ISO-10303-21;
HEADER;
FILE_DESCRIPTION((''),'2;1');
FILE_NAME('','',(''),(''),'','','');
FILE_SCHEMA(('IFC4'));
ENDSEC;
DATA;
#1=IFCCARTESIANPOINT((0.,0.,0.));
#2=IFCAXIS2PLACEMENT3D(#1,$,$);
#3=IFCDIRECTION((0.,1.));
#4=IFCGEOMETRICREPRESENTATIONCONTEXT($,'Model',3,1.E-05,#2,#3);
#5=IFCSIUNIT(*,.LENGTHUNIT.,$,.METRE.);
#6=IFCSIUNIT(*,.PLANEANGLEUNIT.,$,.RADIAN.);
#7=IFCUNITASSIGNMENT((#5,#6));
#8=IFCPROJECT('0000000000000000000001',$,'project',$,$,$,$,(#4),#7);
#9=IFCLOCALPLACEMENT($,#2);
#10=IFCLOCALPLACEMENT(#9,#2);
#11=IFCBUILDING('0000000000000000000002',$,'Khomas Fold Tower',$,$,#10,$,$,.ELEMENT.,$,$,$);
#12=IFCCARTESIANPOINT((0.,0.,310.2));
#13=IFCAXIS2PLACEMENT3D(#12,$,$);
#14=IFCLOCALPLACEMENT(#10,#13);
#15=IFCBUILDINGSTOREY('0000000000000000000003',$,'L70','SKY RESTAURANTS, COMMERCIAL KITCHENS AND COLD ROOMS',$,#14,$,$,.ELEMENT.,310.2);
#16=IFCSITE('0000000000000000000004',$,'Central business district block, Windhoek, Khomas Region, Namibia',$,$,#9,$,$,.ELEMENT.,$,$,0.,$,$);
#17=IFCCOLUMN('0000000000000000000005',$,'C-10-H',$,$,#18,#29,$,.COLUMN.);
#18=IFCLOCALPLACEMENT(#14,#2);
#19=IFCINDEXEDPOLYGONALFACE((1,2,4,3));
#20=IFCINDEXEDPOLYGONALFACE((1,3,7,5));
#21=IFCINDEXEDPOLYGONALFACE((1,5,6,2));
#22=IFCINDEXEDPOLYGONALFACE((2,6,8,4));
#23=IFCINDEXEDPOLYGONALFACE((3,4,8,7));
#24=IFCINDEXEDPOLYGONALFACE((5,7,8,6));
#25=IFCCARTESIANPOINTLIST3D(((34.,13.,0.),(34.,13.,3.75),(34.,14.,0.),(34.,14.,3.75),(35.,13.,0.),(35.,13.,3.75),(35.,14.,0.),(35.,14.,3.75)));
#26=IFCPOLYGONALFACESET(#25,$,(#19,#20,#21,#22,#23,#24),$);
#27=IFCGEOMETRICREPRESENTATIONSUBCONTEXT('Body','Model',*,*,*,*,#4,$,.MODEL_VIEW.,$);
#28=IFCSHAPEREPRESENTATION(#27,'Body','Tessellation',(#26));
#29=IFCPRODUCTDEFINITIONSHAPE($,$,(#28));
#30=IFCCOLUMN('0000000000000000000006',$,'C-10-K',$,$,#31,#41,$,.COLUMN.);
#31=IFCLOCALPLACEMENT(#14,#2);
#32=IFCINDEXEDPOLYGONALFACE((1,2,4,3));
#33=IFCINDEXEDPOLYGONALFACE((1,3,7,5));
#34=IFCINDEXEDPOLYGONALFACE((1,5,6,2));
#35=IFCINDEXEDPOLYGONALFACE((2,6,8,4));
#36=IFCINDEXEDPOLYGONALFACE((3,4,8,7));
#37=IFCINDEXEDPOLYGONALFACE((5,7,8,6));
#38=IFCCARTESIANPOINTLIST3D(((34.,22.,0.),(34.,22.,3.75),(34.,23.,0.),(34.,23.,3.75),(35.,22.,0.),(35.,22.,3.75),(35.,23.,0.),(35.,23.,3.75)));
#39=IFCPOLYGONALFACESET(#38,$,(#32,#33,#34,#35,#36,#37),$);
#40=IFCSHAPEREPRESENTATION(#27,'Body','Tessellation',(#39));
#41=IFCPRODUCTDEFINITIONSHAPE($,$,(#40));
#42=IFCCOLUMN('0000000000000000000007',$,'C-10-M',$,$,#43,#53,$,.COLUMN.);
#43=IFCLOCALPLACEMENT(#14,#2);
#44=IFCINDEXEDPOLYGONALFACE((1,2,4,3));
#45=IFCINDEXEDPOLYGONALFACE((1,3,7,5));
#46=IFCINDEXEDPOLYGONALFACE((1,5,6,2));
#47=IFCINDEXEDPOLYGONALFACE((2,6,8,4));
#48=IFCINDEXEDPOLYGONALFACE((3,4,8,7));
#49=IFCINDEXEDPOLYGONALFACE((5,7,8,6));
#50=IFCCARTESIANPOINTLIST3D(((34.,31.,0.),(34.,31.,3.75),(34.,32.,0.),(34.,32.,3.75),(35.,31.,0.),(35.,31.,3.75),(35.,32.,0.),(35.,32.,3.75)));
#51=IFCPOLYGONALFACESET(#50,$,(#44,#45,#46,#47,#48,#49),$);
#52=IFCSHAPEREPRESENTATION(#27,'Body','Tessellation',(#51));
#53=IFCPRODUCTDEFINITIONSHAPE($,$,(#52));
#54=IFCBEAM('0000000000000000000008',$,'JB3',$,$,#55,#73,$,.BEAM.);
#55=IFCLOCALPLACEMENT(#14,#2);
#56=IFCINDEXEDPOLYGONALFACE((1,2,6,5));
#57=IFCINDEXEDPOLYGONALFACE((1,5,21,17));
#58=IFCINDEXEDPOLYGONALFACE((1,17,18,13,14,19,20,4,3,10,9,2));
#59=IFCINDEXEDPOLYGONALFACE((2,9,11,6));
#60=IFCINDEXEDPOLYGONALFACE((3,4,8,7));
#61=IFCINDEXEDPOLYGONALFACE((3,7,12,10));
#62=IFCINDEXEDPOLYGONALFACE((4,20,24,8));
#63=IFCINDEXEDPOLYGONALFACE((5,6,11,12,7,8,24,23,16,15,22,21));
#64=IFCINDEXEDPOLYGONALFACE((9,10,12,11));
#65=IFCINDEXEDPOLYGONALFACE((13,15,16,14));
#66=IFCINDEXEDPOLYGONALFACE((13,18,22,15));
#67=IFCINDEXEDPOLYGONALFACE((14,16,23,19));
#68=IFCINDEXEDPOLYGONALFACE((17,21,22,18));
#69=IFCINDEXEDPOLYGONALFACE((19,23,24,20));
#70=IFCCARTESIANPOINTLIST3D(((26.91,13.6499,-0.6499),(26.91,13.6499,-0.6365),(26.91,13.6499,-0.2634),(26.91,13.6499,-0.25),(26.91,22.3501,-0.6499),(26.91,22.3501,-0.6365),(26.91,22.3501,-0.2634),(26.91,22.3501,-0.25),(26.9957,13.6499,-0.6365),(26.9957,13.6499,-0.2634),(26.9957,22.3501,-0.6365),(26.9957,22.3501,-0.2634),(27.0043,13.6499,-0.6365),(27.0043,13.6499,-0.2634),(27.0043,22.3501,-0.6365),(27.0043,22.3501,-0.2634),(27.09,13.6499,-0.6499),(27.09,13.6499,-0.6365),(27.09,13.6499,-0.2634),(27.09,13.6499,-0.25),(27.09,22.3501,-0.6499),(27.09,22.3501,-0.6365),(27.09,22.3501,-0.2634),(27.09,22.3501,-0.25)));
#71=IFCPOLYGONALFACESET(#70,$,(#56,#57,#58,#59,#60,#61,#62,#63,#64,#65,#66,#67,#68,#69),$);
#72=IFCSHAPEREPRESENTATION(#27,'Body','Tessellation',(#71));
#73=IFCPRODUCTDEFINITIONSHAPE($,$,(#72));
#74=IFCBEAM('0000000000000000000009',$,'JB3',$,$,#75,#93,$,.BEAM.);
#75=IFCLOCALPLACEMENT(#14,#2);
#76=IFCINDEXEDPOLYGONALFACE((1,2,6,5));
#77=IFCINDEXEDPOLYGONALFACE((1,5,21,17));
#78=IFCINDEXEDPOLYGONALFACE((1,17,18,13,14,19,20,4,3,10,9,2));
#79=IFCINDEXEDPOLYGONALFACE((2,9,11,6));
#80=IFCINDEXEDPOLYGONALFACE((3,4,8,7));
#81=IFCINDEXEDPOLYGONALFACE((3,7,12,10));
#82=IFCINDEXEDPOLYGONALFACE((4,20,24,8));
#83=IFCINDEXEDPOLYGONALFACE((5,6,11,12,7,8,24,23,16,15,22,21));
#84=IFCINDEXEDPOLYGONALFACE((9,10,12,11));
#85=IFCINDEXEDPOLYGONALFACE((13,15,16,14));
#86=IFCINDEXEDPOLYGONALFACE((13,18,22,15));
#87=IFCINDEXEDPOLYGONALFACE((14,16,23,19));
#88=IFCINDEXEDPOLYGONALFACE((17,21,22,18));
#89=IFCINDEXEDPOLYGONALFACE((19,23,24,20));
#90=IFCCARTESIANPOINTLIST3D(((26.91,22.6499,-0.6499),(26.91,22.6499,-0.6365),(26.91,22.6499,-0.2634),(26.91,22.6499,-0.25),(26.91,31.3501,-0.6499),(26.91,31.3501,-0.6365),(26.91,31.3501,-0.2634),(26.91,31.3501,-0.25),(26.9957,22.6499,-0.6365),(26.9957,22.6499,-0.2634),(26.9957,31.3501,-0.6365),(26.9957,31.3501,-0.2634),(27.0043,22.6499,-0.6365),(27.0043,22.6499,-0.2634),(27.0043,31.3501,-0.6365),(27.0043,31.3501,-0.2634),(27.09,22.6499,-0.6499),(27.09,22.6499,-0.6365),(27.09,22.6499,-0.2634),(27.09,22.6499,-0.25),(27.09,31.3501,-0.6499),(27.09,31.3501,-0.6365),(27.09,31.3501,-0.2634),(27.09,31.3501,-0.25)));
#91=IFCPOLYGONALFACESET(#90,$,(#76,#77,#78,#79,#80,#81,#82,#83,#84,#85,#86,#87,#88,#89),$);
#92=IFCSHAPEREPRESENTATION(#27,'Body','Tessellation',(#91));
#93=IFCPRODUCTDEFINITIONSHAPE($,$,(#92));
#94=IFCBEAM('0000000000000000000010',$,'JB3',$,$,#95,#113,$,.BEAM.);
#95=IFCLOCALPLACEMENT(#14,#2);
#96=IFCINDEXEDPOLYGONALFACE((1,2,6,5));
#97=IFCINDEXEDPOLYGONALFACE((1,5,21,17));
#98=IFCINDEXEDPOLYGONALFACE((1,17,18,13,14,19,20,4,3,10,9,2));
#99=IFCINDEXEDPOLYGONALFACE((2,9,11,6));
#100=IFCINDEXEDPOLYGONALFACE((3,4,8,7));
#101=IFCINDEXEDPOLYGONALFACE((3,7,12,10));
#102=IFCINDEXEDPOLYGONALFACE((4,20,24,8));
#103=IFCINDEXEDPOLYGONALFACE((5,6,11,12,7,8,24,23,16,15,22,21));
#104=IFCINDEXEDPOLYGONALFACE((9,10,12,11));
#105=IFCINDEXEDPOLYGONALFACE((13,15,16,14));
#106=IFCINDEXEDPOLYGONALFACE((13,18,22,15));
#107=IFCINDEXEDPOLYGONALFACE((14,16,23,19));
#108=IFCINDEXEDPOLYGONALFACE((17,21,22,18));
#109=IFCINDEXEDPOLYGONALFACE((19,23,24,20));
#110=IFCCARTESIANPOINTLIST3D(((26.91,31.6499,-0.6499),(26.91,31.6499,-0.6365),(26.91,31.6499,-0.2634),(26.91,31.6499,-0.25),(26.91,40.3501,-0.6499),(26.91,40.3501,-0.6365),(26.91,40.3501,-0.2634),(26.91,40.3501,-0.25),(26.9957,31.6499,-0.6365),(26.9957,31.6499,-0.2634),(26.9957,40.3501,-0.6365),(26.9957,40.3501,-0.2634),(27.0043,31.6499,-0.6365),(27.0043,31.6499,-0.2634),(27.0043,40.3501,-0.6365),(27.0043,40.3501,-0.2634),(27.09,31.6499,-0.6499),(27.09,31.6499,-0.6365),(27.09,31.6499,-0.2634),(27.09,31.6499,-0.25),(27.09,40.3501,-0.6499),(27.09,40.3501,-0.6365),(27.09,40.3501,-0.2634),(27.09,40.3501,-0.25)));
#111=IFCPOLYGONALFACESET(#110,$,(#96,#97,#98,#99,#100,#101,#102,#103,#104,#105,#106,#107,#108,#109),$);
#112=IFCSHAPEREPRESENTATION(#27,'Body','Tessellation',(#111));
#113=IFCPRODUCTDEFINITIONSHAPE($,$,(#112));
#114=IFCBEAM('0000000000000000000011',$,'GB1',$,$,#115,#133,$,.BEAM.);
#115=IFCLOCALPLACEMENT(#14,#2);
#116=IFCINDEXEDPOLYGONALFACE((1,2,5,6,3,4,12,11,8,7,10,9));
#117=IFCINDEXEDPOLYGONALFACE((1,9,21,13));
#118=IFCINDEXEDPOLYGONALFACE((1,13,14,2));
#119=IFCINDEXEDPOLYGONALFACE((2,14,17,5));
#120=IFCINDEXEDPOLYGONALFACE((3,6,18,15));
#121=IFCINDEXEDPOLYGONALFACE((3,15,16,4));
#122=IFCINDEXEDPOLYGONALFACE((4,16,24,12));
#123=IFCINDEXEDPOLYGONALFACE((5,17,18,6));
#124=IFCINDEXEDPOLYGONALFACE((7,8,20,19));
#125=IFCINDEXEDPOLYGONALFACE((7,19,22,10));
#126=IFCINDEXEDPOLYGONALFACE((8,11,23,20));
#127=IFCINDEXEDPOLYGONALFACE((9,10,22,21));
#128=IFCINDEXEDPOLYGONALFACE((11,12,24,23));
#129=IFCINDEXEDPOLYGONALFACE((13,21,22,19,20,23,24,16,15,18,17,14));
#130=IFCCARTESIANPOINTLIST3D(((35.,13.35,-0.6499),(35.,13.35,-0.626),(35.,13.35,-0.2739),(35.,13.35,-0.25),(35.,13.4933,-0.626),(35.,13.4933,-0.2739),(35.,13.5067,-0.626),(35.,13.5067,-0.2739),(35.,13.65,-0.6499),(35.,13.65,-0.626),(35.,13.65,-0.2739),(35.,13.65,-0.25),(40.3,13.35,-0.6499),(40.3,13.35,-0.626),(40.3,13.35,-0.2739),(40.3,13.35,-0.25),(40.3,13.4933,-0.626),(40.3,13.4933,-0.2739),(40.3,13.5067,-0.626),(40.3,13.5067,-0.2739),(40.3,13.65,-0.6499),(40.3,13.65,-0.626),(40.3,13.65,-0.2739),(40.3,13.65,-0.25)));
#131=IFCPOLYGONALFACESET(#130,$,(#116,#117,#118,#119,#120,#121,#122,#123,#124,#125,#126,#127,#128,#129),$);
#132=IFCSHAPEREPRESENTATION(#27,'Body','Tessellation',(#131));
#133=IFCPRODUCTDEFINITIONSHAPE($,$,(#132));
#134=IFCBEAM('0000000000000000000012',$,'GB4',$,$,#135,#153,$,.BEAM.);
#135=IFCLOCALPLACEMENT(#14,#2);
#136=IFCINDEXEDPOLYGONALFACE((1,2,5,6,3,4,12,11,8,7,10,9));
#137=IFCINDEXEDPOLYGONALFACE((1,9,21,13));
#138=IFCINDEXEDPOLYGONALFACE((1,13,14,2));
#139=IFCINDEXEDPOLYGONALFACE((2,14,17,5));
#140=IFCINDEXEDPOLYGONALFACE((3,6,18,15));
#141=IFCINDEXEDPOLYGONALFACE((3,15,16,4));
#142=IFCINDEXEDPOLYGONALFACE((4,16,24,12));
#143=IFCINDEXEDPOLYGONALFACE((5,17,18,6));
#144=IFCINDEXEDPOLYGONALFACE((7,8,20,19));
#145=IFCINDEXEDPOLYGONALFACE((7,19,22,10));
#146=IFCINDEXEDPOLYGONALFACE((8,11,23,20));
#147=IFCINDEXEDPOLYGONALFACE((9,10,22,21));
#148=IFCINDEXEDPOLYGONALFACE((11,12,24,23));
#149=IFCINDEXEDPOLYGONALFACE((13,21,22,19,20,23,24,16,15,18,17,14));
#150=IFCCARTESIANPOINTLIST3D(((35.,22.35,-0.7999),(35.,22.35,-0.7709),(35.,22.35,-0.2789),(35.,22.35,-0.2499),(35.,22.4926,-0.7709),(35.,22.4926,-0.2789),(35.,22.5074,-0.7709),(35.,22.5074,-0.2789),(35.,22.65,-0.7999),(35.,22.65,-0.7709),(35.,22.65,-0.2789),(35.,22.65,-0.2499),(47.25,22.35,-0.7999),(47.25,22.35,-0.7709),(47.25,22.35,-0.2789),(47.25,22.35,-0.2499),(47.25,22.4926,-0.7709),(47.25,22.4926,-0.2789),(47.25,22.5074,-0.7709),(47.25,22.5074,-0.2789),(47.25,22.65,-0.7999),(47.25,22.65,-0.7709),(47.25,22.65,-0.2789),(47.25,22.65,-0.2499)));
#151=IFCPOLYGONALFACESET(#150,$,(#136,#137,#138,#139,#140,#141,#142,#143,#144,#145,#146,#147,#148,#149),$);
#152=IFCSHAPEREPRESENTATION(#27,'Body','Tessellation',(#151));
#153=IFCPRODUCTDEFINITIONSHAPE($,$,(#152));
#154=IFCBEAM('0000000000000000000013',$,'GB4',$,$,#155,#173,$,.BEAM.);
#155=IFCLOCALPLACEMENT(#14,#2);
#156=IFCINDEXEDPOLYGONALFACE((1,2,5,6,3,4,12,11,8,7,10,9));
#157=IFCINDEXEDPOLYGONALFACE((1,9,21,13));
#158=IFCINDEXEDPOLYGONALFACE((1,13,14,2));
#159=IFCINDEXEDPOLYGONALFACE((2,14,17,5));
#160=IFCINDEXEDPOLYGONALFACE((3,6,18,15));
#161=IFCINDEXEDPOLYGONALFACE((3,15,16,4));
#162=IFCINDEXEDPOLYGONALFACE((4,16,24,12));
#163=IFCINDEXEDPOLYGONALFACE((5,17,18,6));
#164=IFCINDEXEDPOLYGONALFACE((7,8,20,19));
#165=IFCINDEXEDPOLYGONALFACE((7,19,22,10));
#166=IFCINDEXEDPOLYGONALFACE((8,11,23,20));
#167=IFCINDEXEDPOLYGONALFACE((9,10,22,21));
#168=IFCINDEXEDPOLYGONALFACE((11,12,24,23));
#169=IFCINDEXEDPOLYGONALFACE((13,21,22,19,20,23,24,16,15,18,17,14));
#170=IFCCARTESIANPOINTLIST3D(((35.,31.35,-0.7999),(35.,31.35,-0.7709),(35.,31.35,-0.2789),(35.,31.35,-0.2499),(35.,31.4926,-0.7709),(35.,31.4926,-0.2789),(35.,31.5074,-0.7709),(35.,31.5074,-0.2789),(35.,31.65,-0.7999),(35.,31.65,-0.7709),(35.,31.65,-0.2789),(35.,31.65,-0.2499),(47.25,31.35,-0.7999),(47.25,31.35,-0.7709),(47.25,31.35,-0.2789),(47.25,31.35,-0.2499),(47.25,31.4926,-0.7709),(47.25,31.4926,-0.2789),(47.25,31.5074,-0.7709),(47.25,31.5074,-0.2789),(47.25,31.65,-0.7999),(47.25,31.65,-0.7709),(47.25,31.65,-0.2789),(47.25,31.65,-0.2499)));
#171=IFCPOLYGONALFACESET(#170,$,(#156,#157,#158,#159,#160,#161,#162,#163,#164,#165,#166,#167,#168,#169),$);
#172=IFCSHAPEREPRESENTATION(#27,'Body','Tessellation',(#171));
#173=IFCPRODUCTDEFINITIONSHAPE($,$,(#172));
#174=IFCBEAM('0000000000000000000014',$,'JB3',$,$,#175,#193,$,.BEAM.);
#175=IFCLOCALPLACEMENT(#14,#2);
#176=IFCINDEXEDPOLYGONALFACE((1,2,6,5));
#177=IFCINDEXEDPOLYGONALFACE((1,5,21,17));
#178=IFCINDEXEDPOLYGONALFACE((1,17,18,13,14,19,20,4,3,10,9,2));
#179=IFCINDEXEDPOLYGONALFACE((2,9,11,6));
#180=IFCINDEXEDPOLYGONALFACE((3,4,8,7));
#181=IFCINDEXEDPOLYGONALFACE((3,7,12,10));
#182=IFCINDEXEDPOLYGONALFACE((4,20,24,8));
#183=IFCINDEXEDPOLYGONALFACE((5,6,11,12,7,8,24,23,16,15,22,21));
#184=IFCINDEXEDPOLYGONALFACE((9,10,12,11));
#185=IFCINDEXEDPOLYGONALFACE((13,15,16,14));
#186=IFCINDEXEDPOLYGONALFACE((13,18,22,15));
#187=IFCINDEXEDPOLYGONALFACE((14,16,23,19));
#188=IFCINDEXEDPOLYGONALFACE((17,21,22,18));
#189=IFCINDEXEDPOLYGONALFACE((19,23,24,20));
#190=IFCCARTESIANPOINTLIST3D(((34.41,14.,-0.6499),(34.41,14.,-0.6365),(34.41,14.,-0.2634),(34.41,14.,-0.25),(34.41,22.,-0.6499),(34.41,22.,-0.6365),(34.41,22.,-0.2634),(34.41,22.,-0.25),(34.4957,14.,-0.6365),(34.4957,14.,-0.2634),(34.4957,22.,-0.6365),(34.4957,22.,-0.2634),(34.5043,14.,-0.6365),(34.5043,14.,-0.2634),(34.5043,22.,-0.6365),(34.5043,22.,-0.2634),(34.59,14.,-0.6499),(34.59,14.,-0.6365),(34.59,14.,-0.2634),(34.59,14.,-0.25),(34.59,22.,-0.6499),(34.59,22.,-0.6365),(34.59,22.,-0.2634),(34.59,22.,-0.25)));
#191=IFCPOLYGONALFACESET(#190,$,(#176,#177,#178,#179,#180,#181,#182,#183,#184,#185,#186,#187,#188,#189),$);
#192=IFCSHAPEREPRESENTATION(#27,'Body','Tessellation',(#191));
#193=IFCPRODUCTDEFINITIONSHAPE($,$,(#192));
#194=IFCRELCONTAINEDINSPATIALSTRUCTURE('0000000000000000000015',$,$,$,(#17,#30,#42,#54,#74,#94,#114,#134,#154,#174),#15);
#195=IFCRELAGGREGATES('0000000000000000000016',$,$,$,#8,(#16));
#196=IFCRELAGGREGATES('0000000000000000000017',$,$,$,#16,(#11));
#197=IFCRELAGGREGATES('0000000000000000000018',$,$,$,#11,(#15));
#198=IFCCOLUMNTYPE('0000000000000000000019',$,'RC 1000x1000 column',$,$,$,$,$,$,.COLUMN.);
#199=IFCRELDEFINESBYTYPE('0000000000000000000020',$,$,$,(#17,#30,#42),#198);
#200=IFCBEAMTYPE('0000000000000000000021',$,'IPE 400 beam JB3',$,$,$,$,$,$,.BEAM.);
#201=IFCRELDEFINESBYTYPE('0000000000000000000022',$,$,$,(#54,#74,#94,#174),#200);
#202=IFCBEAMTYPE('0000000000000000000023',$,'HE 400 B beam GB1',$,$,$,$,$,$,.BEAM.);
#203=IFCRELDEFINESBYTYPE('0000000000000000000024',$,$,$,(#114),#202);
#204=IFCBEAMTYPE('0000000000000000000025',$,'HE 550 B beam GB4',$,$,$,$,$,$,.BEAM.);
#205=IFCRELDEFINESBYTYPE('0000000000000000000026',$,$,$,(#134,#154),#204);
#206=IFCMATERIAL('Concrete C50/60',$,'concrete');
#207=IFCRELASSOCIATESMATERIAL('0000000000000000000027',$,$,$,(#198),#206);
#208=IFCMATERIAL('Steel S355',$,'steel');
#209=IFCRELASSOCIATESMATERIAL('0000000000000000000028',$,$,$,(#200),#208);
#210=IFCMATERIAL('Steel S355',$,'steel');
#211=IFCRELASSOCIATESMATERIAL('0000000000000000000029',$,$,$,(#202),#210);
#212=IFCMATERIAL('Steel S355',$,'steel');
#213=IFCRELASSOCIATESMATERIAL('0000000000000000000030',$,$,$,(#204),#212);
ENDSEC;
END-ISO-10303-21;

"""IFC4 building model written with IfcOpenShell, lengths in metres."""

from ifc_helpers import new_model, si_unit, direction, frame, origin, origin_2d, place, context, subcontext, project, spatial, rectangle, i_section, extrude, source, transform, mapped, material, material_profile, profile_set, type_object, element, save


model = new_model("IFC4")

# Units and contexts
model_context = context("Model", 3, precision=1e-05, world=origin(), true_north=direction((0.0, 1.0)))
body_context = subcontext(model_context, "Body", "Model", "MODEL_VIEW")
ifc_project = project(units=[si_unit("LENGTHUNIT", "METRE"), si_unit("PLANEANGLEUNIT", "RADIAN")], contexts=[model_context])

# Site, building, storey
site_placement = place(None, origin())
site = spatial("IfcSite", under=ifc_project, at=site_placement, Name="Central business district block, Windhoek, Khomas Region, Namibia", CompositionType="ELEMENT", RefElevation=0.0)
building_placement = place(site_placement, origin())
building = spatial("IfcBuilding", under=site, at=building_placement, Name="Khomas Fold Tower", CompositionType="ELEMENT")
storey_placement = place(building_placement, frame((0.0, 0.0, 310.2)))
storey = spatial("IfcBuildingStorey", under=building, at=storey_placement, Name="L70", Description="SKY RESTAURANTS, COMMERCIAL KITCHENS AND COLD ROOMS", CompositionType="ELEMENT", Elevation=310.2)

# Columns
ifc_material_1 = material(Name="Concrete C50/60", Category="concrete")
ifc_material_profile_1 = material_profile(ifc_material_1, rectangle(XDim=1.0, YDim=1.0, at=origin_2d()), Name="RC 1000x1000")
ifc_profile_set_1 = profile_set([ifc_material_profile_1], Name="Concrete C50/60")
column_type = type_object("IfcColumnType", Name="RC 1000x1000 column", PredefinedType="COLUMN", material=ifc_profile_set_1)
shared_shape_1 = source(origin(), body_context, "Body", "SweptSolid", [
    extrude(rectangle(XDim=1.0, YDim=1.0, at=origin_2d()), origin(), (0.0, 0.0, 1.0), 3.75),
])
for number, where, z_axis, x_axis, name in (
    (1, (34.5, 13.5, 0.0), (0.0, 0.0, 1.0), (1.0, 0.0, 0.0), "C-10-H"),
    (2, (34.5, 22.5, 0.0), (0.0, 0.0, 1.0), (1.0, 0.0, 0.0), "C-10-K"),
    (3, (34.5, 31.5, 0.0), (0.0, 0.0, 1.0), (1.0, 0.0, 0.0), "C-10-M"),
):
    element("IfcColumn", number, at=place(storey_placement, frame(where, z_axis=z_axis, x_axis=x_axis)), inside=storey, type_object=column_type, Name=name, PredefinedType="COLUMN", context=body_context, shape_type="MappedRepresentation", body=[
        mapped(shared_shape_1, transform((0.0, 0.0, 0.0))),
    ])

# Beams
ifc_material_2 = material(Name="Steel S355", Category="steel")
ifc_material_profile_2 = material_profile(ifc_material_2, i_section(OverallWidth=0.1799, OverallDepth=0.3999, WebThickness=0.0085, FlangeThickness=0.0134, at=origin_2d()), Name="IPE 400")
ifc_profile_set_2 = profile_set([ifc_material_profile_2], Name="Steel S355")
beam_type_1 = type_object("IfcBeamType", Name="IPE 400 beam JB3", PredefinedType="BEAM", material=ifc_profile_set_2)
shared_shape_2 = source(origin(), body_context, "Body", "SweptSolid", [
    extrude(i_section(OverallWidth=0.1799, OverallDepth=0.3999, WebThickness=0.0085, FlangeThickness=0.0134, at=origin_2d()), origin(), (0.0, 0.0, 1.0), 8.7002),
])
for number, where, z_axis, x_axis, name in (
    (4, (27.0, 13.6499, -0.45), (0.0, 1.0, 0.0), (-1.0, 0.0, 0.0), "JB3"),
    (5, (27.0, 22.6499, -0.45), (0.0, 1.0, 0.0), (-1.0, 0.0, 0.0), "JB3"),
    (6, (27.0, 31.6499, -0.45), (0.0, 1.0, 0.0), (-1.0, 0.0, 0.0), "JB3"),
):
    element("IfcBeam", number, at=place(storey_placement, frame(where, z_axis=z_axis, x_axis=x_axis)), inside=storey, type_object=beam_type_1, Name=name, PredefinedType="BEAM", context=body_context, shape_type="MappedRepresentation", body=[
        mapped(shared_shape_2, transform((0.0, 0.0, 0.0))),
    ])
ifc_material_3 = material(Name="Steel S355", Category="steel")
ifc_material_profile_3 = material_profile(ifc_material_3, i_section(OverallWidth=0.3, OverallDepth=0.3999, WebThickness=0.0134, FlangeThickness=0.0239, at=origin_2d()), Name="HE 400 B")
ifc_profile_set_3 = profile_set([ifc_material_profile_3], Name="Steel S355")
beam_type_2 = type_object("IfcBeamType", Name="HE 400 B beam GB1", PredefinedType="BEAM", material=ifc_profile_set_3)
shared_shape_3 = source(origin(), body_context, "Body", "SweptSolid", [
    extrude(i_section(OverallWidth=0.3, OverallDepth=0.3999, WebThickness=0.0134, FlangeThickness=0.0239, at=origin_2d()), origin(), (0.0, 0.0, 1.0), 5.3),
])
beam_placement = place(storey_placement, frame((35.0, 13.5, -0.45), z_axis=(1.0, 0.0, 0.0), x_axis=(0.0, 1.0, 0.0)))
element("IfcBeam", 7, at=beam_placement, inside=storey, type_object=beam_type_2, Name="GB1", PredefinedType="BEAM", context=body_context, shape_type="MappedRepresentation", body=[
    mapped(shared_shape_3, transform((0.0, 0.0, 0.0))),
])
ifc_material_4 = material(Name="Steel S355", Category="steel")
ifc_material_profile_4 = material_profile(ifc_material_4, i_section(OverallWidth=0.3, OverallDepth=0.55, WebThickness=0.0149, FlangeThickness=0.0291, at=origin_2d()), Name="HE 550 B")
ifc_profile_set_4 = profile_set([ifc_material_profile_4], Name="Steel S355")
beam_type_3 = type_object("IfcBeamType", Name="HE 550 B beam GB4", PredefinedType="BEAM", material=ifc_profile_set_4)
shared_shape_4 = source(origin(), body_context, "Body", "SweptSolid", [
    extrude(i_section(OverallWidth=0.3, OverallDepth=0.55, WebThickness=0.0149, FlangeThickness=0.0291, at=origin_2d()), origin(), (0.0, 0.0, 1.0), 12.25),
])
for number, where, z_axis, x_axis, name in (
    (8, (35.0, 22.5, -0.5249), (1.0, 0.0, 0.0), (0.0, 1.0, 0.0), "GB4"),
    (9, (35.0, 31.5, -0.5249), (1.0, 0.0, 0.0), (0.0, 1.0, 0.0), "GB4"),
):
    element("IfcBeam", number, at=place(storey_placement, frame(where, z_axis=z_axis, x_axis=x_axis)), inside=storey, type_object=beam_type_3, Name=name, PredefinedType="BEAM", context=body_context, shape_type="MappedRepresentation", body=[
        mapped(shared_shape_4, transform((0.0, 0.0, 0.0))),
    ])
shared_shape_5 = source(origin(), body_context, "Body", "SweptSolid", [
    extrude(i_section(OverallWidth=0.1799, OverallDepth=0.3999, WebThickness=0.0085, FlangeThickness=0.0134, at=origin_2d()), origin(), (0.0, 0.0, 1.0), 8.0),
])
for number, where, z_axis, x_axis, name in (
    (10, (34.5, 14.0, -0.45), (0.0, 1.0, 0.0), (-1.0, 0.0, 0.0), "JB3"),
):
    element("IfcBeam", number, at=place(storey_placement, frame(where, z_axis=z_axis, x_axis=x_axis)), inside=storey, type_object=beam_type_1, Name=name, PredefinedType="BEAM", context=body_context, shape_type="MappedRepresentation", body=[
        mapped(shared_shape_5, transform((0.0, 0.0, 0.0))),
    ])

save(model, "model.ifc")
